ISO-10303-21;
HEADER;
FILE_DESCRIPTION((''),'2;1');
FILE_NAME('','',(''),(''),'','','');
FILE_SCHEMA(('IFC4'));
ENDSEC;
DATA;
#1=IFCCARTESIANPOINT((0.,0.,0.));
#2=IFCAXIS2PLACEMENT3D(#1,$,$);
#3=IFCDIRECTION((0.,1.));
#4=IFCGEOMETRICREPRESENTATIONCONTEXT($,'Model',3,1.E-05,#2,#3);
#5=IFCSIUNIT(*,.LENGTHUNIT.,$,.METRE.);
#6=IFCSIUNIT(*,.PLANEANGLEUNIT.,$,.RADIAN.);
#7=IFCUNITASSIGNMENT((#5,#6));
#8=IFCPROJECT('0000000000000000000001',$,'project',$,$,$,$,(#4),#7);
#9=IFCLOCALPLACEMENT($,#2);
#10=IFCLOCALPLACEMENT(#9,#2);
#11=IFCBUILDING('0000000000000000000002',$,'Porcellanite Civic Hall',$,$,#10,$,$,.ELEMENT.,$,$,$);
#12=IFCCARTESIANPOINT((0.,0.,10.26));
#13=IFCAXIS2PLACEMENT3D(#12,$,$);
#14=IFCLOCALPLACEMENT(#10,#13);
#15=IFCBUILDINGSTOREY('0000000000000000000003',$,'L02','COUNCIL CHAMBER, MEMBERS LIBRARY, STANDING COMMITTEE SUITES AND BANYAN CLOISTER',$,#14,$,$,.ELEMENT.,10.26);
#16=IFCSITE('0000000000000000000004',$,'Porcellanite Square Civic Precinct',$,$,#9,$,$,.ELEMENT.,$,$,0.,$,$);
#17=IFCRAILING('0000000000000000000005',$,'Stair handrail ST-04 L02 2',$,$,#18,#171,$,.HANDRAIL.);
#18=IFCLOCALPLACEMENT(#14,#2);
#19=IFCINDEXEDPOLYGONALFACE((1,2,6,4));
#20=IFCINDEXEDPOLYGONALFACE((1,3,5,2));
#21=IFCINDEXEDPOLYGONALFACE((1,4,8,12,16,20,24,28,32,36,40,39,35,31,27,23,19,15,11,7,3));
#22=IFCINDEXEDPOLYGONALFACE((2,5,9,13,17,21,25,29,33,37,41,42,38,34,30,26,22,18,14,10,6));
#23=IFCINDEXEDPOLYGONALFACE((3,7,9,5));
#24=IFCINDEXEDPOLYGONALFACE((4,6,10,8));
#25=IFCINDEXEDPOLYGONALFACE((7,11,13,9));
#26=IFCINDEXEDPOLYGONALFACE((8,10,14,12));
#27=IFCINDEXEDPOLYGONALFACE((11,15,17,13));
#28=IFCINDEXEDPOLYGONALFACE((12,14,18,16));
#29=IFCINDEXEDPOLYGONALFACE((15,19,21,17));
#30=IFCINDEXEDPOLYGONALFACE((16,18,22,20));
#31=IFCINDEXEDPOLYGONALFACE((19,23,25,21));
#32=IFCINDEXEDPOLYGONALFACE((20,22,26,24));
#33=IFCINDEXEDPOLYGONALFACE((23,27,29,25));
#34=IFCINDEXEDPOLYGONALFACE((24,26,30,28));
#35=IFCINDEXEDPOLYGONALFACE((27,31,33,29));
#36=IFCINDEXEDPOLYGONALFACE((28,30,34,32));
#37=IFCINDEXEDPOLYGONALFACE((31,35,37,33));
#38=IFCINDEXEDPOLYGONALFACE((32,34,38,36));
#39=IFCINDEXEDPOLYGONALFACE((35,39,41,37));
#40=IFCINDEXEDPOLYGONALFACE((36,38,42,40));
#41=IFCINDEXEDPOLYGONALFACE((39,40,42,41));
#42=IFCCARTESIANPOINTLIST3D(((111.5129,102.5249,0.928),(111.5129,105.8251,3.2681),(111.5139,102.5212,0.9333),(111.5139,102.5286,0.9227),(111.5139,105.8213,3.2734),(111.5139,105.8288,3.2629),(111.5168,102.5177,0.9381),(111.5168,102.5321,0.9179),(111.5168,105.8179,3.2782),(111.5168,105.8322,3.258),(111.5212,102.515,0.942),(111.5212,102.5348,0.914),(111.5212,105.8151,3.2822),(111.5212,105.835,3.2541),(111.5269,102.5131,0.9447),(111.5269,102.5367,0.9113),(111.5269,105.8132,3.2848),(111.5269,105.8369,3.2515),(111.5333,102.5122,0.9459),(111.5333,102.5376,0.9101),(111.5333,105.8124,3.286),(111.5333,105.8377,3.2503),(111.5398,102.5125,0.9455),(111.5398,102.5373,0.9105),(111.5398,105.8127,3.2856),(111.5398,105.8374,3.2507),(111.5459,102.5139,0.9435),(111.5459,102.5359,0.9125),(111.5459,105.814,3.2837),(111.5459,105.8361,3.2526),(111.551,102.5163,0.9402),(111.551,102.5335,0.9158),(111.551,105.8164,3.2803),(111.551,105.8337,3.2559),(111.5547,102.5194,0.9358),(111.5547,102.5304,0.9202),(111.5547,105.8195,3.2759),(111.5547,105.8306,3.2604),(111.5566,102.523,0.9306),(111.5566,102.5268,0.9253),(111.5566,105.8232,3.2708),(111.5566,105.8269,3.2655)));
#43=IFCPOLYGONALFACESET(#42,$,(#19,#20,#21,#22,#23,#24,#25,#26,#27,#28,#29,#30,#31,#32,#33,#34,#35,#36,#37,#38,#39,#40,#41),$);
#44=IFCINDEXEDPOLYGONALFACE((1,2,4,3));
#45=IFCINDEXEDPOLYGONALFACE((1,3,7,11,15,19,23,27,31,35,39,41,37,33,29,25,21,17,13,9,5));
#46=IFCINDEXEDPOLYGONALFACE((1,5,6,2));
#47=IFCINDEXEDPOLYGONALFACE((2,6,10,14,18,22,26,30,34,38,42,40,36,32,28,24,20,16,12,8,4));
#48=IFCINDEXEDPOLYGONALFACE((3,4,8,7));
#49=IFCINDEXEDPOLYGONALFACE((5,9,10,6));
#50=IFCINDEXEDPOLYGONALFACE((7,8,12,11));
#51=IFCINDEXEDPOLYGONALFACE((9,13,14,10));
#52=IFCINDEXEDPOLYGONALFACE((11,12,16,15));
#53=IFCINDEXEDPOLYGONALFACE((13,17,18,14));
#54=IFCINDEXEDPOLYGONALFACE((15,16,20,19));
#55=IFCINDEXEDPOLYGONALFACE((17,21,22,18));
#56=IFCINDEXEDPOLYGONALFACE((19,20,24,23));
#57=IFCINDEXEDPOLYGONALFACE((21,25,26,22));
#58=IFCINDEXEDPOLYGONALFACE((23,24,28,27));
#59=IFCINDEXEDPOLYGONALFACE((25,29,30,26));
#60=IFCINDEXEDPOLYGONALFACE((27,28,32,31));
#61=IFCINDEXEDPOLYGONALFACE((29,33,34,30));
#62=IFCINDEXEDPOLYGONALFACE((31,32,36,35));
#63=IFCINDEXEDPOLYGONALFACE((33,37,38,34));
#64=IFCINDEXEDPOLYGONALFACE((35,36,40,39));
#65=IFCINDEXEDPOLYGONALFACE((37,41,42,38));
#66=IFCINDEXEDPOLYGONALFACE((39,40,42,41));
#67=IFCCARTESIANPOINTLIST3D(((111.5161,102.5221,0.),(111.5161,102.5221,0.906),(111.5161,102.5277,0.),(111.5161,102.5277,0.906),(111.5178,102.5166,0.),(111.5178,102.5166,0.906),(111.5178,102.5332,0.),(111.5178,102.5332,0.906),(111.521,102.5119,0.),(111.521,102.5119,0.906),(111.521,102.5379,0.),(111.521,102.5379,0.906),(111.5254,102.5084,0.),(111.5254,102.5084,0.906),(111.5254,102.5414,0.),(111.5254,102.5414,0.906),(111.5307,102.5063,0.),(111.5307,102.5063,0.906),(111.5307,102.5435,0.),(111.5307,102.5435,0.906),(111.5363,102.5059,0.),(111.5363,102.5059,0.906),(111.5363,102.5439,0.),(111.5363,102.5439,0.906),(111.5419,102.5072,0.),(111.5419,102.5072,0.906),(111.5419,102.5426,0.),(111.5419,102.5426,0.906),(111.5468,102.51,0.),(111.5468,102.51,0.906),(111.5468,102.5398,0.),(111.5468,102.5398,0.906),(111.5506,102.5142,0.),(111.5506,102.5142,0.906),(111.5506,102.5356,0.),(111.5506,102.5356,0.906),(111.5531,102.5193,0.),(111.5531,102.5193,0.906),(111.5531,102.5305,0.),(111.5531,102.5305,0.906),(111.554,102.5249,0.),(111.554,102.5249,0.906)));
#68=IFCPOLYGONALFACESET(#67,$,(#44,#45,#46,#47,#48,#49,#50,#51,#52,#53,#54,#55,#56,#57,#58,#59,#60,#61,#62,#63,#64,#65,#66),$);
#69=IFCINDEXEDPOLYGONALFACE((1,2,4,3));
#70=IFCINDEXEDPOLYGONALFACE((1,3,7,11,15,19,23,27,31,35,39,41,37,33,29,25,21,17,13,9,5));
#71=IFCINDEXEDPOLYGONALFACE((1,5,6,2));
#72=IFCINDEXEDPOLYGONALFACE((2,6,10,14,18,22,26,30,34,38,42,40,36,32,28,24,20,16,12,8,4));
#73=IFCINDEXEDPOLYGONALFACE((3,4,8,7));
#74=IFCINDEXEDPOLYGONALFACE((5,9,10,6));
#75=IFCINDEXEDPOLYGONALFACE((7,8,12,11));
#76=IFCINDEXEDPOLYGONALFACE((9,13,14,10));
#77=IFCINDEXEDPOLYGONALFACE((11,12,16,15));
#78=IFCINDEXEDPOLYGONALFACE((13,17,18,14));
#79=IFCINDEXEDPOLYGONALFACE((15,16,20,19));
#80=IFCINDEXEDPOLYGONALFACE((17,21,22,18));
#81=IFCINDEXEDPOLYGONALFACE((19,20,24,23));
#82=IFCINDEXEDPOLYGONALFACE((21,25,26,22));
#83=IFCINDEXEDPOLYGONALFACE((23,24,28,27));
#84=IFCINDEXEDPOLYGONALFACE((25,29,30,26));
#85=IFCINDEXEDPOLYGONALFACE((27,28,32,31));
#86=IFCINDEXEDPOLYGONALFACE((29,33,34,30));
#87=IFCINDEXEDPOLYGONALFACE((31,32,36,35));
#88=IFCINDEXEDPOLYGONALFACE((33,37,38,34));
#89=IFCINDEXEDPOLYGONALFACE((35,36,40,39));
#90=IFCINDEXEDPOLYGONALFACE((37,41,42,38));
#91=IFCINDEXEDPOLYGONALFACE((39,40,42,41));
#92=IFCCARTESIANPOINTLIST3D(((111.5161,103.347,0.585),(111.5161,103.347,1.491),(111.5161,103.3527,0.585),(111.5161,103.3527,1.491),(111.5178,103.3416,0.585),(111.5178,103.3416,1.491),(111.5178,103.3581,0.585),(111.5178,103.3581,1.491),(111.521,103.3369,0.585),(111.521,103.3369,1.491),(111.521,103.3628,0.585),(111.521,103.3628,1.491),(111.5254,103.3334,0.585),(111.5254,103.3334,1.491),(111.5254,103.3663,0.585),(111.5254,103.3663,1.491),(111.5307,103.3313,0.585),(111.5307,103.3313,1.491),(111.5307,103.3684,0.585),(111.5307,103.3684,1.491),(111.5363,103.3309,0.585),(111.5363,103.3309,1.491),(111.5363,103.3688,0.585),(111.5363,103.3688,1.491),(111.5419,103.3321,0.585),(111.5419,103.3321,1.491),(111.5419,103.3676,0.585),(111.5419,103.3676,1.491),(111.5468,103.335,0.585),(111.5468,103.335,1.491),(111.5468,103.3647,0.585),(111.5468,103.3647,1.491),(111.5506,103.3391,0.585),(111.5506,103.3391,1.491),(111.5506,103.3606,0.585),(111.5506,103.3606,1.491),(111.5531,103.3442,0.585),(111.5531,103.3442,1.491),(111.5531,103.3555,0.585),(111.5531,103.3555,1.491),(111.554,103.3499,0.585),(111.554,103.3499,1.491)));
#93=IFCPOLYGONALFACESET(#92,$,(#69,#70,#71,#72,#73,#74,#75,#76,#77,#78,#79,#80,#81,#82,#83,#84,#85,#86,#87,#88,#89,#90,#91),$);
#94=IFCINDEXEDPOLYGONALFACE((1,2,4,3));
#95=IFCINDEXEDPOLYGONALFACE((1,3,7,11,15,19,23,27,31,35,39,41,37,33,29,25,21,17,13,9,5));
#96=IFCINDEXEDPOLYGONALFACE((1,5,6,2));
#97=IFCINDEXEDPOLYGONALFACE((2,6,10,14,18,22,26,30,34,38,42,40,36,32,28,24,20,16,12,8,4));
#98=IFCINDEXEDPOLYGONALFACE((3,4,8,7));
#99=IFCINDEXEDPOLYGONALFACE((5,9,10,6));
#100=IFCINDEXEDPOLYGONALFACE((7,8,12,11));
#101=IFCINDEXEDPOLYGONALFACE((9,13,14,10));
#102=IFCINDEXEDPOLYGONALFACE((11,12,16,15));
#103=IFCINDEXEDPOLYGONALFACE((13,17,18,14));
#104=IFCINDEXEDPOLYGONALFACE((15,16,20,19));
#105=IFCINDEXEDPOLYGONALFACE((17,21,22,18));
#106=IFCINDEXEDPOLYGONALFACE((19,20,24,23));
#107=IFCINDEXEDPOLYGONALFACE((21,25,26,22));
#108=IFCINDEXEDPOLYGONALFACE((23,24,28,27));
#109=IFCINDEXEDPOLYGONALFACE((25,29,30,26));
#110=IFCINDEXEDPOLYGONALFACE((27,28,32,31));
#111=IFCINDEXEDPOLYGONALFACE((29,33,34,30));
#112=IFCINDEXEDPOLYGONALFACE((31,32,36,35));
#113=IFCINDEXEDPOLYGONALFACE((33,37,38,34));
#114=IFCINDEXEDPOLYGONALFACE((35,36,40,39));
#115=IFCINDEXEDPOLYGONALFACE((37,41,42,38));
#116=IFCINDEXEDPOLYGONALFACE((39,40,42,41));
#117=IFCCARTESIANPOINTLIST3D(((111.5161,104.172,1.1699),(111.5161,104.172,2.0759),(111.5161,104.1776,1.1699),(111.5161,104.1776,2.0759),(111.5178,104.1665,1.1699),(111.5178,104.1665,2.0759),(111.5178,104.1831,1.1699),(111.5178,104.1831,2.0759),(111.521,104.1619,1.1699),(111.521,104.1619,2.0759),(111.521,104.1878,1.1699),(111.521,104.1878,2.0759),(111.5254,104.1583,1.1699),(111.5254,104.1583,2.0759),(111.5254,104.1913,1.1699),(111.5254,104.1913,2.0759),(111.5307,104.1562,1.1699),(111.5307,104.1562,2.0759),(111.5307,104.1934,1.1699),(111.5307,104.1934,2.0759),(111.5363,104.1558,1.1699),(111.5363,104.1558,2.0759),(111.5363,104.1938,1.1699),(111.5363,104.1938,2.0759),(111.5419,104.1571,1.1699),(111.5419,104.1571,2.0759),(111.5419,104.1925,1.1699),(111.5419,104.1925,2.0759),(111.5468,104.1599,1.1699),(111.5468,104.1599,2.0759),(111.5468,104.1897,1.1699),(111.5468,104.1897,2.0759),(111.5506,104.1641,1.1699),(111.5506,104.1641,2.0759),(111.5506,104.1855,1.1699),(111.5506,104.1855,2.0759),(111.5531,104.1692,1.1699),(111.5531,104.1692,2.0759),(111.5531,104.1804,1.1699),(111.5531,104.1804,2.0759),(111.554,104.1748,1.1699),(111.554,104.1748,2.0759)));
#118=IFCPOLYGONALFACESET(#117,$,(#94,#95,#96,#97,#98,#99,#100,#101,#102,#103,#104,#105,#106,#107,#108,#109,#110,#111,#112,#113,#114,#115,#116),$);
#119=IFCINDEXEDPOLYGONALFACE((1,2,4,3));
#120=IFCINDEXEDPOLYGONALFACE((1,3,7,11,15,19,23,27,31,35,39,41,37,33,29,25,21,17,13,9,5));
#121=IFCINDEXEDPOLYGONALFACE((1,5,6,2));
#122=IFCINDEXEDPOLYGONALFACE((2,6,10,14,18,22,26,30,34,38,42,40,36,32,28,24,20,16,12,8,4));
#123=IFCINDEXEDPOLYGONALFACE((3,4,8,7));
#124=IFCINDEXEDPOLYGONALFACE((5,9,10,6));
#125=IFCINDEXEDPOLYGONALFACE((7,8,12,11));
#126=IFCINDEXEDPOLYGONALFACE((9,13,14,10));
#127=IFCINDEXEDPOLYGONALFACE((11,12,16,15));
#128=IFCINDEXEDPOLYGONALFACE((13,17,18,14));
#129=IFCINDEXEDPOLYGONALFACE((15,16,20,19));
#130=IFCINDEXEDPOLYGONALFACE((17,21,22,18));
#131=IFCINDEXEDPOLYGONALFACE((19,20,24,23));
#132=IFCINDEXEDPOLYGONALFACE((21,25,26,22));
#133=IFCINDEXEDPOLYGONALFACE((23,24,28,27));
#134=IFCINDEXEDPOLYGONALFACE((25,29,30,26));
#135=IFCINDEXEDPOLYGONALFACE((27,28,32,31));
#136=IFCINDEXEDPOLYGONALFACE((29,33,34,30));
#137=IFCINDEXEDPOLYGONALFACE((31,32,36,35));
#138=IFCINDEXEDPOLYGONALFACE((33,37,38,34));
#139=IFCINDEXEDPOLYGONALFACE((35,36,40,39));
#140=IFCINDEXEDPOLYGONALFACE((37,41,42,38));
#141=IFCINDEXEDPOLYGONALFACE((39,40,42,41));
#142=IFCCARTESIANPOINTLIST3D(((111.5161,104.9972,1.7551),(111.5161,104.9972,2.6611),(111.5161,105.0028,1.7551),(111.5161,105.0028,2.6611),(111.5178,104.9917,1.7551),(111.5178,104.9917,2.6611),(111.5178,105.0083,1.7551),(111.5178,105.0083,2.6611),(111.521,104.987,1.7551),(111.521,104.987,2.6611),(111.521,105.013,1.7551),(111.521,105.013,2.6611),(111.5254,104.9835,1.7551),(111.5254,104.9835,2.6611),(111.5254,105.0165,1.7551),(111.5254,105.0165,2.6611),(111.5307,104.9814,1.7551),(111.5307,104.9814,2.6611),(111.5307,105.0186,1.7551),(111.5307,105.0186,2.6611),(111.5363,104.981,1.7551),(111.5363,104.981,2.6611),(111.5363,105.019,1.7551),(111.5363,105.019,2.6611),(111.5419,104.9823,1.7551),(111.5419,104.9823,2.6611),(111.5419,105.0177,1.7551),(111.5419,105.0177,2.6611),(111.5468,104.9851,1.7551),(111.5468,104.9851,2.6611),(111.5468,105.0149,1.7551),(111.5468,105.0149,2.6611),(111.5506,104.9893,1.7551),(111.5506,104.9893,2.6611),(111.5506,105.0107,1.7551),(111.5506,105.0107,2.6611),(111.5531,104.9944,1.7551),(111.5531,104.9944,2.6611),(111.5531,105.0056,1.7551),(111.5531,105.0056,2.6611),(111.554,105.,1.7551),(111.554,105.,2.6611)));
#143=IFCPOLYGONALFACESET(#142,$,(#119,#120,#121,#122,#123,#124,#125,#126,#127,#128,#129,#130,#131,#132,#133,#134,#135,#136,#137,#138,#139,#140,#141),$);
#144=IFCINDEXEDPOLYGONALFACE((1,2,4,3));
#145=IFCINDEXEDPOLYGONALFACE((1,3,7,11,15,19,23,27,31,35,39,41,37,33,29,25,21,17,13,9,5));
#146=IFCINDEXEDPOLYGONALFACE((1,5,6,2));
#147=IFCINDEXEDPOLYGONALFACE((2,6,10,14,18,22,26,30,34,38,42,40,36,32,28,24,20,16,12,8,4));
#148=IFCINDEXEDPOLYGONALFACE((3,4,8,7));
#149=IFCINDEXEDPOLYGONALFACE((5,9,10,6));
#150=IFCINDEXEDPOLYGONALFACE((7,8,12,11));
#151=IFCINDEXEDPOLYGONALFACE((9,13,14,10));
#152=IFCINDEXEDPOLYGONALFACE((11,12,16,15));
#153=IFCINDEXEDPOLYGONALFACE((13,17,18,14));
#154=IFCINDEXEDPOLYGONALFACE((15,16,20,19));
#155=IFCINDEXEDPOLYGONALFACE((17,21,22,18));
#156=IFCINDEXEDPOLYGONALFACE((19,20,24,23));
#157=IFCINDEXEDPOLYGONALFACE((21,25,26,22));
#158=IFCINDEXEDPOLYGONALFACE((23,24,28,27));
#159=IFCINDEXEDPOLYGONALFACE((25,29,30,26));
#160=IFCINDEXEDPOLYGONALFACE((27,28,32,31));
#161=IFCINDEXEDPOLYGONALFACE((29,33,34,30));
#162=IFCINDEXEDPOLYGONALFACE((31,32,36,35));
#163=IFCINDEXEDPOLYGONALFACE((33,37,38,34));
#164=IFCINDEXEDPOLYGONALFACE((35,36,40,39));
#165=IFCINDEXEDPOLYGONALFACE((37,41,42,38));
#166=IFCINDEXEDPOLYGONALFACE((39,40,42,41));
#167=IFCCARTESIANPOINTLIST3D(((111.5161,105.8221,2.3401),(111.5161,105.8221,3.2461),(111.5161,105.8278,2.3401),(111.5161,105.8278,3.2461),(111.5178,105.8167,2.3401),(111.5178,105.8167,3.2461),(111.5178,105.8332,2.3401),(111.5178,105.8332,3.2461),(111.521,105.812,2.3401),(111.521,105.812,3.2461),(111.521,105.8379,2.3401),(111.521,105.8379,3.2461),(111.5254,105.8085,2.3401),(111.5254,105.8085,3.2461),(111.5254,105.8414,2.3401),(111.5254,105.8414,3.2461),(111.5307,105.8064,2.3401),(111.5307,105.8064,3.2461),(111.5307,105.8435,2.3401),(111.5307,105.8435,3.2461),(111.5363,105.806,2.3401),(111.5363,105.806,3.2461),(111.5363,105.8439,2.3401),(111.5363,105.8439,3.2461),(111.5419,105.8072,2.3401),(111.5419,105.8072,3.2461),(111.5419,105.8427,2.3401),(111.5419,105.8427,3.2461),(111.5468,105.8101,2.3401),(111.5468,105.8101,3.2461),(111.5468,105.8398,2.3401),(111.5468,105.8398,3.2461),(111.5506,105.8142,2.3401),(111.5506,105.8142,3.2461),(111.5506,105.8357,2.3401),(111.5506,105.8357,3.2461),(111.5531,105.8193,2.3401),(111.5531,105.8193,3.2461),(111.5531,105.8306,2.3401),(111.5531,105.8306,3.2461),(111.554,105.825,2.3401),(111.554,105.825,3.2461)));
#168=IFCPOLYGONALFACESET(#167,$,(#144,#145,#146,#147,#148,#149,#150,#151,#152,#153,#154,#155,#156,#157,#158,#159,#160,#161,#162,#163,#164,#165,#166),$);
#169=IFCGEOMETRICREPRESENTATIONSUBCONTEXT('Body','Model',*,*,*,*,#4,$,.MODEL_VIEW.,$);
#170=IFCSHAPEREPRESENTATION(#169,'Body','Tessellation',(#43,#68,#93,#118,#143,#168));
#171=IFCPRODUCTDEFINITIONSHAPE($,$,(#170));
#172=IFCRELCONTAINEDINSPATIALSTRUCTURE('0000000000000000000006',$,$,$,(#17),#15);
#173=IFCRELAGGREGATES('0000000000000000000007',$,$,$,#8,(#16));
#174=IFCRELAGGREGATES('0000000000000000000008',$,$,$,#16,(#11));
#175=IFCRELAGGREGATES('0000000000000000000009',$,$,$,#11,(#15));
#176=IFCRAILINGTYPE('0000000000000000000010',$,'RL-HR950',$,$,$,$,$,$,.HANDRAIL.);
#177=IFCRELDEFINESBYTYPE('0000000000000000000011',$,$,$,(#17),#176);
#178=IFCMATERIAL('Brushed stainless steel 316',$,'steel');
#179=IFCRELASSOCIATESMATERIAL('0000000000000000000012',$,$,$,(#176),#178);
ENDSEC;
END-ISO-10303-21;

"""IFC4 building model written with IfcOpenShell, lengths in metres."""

from ifc_helpers import new_model, si_unit, direction, frame, origin, origin_2d, place, context, subcontext, project, spatial, circle, extrude, material, type_object, element, save


model = new_model("IFC4")

# Units and contexts
model_context = context("Model", 3, precision=1e-05, world=origin(), true_north=direction((0.0, 1.0)))
body_context = subcontext(model_context, "Body", "Model", "MODEL_VIEW")
ifc_project = project(units=[si_unit("LENGTHUNIT", "METRE"), si_unit("PLANEANGLEUNIT", "RADIAN")], contexts=[model_context])

# Site, building, storey
site_placement = place(None, origin())
site = spatial("IfcSite", under=ifc_project, at=site_placement, Name="Porcellanite Square Civic Precinct", CompositionType="ELEMENT", RefElevation=0.0)
building_placement = place(site_placement, origin())
building = spatial("IfcBuilding", under=site, at=building_placement, Name="Porcellanite Civic Hall", CompositionType="ELEMENT")
storey_placement = place(building_placement, frame((0.0, 0.0, 10.26)))
storey = spatial("IfcBuildingStorey", under=building, at=storey_placement, Name="L02", Description="COUNCIL CHAMBER, MEMBERS LIBRARY, STANDING COMMITTEE SUITES AND BANYAN CLOISTER", CompositionType="ELEMENT", Elevation=10.26)

# Railing
ifc_material_1 = material(Name="Brushed stainless steel 316", Category="steel")
railing_type_1 = type_object("IfcRailingType", Name="RL-HR950", PredefinedType="HANDRAIL", material=ifc_material_1)
railing_1_placement = place(storey_placement, frame((111.5349, 102.5249, 0.0)))
element("IfcRailing", 1, at=railing_1_placement, inside=storey, type_object=railing_type_1, Name="Stair handrail ST-04 L02 2", PredefinedType="HANDRAIL", context=body_context, shape_type="SweptSolid", body=[
    extrude(circle(Radius=0.022, at=origin_2d()), frame((0.0, 0.0, 0.928), z_axis=(0.0, 0.815727, 0.578438), x_axis=(-1.0, 0.0, 0.0)), (0.0, 0.0, 1.0), 4.0457),
    extrude(circle(Radius=0.019, at=origin_2d()), origin(), (0.0, 0.0, 1.0), 0.906),
    extrude(circle(Radius=0.019, at=origin_2d()), frame((0.0, 0.825, 0.585)), (0.0, 0.0, 1.0), 0.906),
    extrude(circle(Radius=0.019, at=origin_2d()), frame((0.0, 1.6499, 1.1699)), (0.0, 0.0, 1.0), 0.906),
    extrude(circle(Radius=0.019, at=origin_2d()), frame((0.0, 2.4751, 1.7551)), (0.0, 0.0, 1.0), 0.906),
    extrude(circle(Radius=0.019, at=origin_2d()), frame((0.0, 3.3, 2.3401)), (0.0, 0.0, 1.0), 0.906),
])

save(model, "model.ifc")
